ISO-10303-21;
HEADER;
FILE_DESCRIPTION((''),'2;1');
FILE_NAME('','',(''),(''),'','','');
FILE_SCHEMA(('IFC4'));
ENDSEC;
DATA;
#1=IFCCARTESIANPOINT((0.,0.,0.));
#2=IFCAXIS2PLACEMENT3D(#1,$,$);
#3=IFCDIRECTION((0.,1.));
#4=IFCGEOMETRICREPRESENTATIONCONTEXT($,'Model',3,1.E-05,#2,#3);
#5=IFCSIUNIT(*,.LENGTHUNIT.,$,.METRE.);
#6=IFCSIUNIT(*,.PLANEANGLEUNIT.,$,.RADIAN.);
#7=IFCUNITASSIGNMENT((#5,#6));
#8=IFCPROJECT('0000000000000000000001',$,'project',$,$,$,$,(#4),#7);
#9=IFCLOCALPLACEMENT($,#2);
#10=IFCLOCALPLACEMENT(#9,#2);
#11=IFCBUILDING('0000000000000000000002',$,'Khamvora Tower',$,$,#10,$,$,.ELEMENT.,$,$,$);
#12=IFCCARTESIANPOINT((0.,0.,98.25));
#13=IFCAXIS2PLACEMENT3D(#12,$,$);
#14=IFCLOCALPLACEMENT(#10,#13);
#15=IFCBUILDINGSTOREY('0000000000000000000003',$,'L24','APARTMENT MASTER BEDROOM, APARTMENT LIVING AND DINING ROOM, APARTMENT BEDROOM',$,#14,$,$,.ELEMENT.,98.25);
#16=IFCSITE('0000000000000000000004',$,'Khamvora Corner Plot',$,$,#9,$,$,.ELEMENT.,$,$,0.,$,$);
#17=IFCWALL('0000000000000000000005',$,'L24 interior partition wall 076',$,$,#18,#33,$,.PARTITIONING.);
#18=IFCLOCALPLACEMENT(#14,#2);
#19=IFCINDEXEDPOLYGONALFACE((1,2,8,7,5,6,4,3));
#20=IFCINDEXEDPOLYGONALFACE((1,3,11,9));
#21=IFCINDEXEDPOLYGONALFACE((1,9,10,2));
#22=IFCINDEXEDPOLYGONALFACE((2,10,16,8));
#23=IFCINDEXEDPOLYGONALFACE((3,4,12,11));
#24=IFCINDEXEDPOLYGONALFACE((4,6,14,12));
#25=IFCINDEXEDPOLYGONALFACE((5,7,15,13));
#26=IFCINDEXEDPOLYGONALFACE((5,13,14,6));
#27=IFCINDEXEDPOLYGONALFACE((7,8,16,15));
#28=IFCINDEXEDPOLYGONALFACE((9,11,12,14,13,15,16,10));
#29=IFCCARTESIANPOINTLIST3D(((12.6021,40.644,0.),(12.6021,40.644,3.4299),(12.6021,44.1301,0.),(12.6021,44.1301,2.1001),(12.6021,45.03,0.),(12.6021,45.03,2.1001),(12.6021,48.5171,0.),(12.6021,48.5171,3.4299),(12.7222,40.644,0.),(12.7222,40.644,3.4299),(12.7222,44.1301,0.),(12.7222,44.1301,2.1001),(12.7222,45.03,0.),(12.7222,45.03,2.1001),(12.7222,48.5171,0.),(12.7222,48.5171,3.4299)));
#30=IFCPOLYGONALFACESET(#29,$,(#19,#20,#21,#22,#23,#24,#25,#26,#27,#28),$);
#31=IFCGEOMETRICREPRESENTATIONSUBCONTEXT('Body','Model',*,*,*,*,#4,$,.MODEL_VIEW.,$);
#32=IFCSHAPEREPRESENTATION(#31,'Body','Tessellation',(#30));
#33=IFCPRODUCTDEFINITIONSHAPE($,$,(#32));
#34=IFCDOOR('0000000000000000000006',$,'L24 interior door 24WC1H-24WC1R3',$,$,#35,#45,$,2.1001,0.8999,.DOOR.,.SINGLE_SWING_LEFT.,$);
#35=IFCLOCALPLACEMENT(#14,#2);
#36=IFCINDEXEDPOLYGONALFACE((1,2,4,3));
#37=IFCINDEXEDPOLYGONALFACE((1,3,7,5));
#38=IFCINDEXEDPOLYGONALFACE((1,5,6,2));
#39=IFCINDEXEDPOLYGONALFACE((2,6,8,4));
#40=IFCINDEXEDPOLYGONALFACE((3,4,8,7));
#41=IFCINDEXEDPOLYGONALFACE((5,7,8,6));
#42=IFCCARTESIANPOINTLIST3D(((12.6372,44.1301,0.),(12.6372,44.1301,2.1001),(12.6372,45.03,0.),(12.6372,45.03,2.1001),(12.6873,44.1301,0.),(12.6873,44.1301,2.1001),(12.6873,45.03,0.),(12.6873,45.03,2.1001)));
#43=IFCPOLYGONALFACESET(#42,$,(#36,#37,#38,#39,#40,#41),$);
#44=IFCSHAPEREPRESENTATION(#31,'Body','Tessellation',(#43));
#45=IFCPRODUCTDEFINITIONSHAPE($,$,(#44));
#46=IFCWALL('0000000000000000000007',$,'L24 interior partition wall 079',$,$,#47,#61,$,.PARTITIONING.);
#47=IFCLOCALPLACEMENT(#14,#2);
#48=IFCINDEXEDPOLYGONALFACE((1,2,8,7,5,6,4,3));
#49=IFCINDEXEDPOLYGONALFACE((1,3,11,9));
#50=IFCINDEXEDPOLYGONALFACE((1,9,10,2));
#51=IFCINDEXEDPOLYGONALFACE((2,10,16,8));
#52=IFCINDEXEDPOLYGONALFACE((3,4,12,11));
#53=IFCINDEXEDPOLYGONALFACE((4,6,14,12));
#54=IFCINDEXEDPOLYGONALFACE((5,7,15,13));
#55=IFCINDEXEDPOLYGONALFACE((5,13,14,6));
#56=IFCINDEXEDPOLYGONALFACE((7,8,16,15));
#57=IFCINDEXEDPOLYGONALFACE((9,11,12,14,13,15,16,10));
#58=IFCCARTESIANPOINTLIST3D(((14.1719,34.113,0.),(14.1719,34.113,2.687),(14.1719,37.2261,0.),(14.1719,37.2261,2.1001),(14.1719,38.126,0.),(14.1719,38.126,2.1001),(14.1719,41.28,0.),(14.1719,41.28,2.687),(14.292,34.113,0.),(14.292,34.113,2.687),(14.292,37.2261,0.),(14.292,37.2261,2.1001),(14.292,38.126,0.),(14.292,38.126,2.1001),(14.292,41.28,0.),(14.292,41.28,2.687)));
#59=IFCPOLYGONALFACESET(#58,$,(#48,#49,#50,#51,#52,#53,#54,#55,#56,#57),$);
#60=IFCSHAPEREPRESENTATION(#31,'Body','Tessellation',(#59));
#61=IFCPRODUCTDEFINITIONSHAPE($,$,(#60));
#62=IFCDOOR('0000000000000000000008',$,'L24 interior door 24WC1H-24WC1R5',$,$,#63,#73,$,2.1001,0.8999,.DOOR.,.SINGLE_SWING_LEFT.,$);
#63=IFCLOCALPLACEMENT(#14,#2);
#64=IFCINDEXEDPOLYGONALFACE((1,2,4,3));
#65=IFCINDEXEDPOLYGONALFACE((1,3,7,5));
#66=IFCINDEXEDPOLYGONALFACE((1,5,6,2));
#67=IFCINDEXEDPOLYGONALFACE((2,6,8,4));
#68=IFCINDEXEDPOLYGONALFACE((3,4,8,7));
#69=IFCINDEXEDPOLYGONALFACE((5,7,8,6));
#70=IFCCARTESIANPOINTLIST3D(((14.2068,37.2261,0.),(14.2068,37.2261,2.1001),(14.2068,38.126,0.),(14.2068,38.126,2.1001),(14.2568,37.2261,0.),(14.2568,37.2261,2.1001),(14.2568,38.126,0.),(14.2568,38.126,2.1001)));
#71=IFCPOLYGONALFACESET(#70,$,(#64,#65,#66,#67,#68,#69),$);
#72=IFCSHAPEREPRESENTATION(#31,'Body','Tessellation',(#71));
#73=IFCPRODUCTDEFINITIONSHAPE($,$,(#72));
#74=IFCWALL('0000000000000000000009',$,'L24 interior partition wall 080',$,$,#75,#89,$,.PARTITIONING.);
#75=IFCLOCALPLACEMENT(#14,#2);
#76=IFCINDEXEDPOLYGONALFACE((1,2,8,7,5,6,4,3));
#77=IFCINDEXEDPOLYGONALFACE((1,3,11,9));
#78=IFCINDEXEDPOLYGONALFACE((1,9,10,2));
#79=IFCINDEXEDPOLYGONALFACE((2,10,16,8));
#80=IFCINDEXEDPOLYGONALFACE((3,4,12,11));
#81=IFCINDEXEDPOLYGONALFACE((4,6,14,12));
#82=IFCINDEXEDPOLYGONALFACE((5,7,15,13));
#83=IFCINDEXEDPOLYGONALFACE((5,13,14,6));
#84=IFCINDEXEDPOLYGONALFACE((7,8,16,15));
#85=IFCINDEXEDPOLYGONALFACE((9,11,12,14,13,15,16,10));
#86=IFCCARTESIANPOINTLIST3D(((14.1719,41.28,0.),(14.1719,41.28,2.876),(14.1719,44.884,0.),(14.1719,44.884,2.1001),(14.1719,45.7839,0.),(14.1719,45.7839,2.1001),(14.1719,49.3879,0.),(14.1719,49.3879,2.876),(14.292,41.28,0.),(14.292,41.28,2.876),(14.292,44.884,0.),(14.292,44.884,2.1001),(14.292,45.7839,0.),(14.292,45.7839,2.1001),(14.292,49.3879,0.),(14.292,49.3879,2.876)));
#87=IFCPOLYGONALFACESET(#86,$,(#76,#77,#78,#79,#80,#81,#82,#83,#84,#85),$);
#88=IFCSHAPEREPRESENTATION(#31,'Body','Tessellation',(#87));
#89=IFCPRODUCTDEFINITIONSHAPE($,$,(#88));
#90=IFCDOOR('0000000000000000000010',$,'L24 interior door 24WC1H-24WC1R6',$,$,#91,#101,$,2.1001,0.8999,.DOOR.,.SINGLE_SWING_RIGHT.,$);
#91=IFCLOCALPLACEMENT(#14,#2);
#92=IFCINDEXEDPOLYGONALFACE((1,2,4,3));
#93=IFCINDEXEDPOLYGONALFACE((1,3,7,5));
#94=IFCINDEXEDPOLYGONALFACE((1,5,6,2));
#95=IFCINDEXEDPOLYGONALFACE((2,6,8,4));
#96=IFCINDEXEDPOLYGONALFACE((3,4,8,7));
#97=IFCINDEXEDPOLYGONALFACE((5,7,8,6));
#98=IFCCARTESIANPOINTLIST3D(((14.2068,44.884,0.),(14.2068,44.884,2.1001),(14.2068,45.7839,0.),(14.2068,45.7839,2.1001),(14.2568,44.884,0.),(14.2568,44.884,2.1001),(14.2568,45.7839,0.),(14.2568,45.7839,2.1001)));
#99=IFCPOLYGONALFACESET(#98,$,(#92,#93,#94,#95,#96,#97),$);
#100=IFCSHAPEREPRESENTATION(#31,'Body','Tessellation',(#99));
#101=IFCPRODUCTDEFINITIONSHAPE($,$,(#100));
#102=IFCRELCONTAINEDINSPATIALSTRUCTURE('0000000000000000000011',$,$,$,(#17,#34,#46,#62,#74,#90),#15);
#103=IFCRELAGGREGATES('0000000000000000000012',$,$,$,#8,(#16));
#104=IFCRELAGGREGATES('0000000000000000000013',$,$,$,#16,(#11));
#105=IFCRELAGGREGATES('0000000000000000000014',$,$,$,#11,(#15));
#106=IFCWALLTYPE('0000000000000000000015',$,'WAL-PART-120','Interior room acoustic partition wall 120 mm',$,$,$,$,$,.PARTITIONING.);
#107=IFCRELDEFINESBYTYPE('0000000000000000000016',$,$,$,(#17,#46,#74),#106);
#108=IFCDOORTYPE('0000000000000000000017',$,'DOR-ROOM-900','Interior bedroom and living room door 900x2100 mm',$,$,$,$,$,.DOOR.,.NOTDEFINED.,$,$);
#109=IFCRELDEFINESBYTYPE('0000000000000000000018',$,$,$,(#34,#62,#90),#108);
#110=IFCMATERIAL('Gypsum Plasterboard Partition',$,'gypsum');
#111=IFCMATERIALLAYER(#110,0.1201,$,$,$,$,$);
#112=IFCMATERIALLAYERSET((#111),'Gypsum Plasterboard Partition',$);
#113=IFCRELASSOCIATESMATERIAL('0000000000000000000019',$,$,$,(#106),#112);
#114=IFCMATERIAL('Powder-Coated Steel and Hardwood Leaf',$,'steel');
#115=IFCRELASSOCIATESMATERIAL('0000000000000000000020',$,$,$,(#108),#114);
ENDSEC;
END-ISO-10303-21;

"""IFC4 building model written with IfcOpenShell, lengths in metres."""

from ifc_helpers import new_model, si_unit, direction, frame, frame_2d, origin, place, context, subcontext, project, spatial, rectangle, extrude, material, layer, layer_set, type_object, element, fill, save


model = new_model("IFC4")

# Units and contexts
model_context = context("Model", 3, precision=1e-05, world=origin(), true_north=direction((0.0, 1.0)))
body_context = subcontext(model_context, "Body", "Model", "MODEL_VIEW")
ifc_project = project(units=[si_unit("LENGTHUNIT", "METRE"), si_unit("PLANEANGLEUNIT", "RADIAN")], contexts=[model_context])

# Site, building, storey
site_placement = place(None, origin())
site = spatial("IfcSite", under=ifc_project, at=site_placement, Name="Khamvora Corner Plot", CompositionType="ELEMENT", RefElevation=0.0)
building_placement = place(site_placement, origin())
building = spatial("IfcBuilding", under=site, at=building_placement, Name="Khamvora Tower", CompositionType="ELEMENT")
storey_placement = place(building_placement, frame((0.0, 0.0, 98.25)))
storey = spatial("IfcBuildingStorey", under=building, at=storey_placement, Name="L24", Description="APARTMENT MASTER BEDROOM, APARTMENT LIVING AND DINING ROOM, APARTMENT BEDROOM", CompositionType="ELEMENT", Elevation=98.25)

# Walls, openings, doors
ifc_material_1 = material(Name="Gypsum Plasterboard Partition", Category="gypsum")
ifc_layer_1 = layer(ifc_material_1, 0.1201)
ifc_layer_set_1 = layer_set([ifc_layer_1], Name="Gypsum Plasterboard Partition")
wall_type_1 = type_object("IfcWallType", Name="WAL-PART-120", Description="Interior room acoustic partition wall 120 mm", PredefinedType="PARTITIONING", material=ifc_layer_set_1)
wall_1_placement = place(storey_placement, frame((12.6621, 40.644, 0.0), z_axis=(0.0, 0.0, 1.0), x_axis=(0.0, 1.0, 0.0)))
wall_1 = element("IfcWall", 1, at=wall_1_placement, inside=storey, type_object=wall_type_1, Name="L24 interior partition wall 076", PredefinedType="PARTITIONING", context=body_context, shape_type="SweptSolid", body=[
    extrude(rectangle(XDim=7.873, YDim=0.1201, at=frame_2d((3.9365, 0.0))), origin(), (0.0, 0.0, 1.0), 3.4299),
])
opening_1_placement = place(wall_1_placement, frame((3.4861, 0.0, 0.0)))
opening_1 = element("IfcOpeningElement", 2, at=opening_1_placement, cuts=wall_1, PredefinedType="OPENING", context=body_context, shape_type="SweptSolid", body=[
    extrude(rectangle(XDim=0.8999, YDim=2.1001, at=frame_2d((0.45, 1.05))), frame((0.0, 0.0701, 0.0), z_axis=(0.0, -1.0, 0.0), x_axis=(1.0, 0.0, 0.0)), (0.0, 0.0, 1.0), 0.1401),
])
ifc_material_2 = material(Name="Powder-Coated Steel and Hardwood Leaf", Category="steel")
door_type = type_object("IfcDoorType", Name="DOR-ROOM-900", Description="Interior bedroom and living room door 900x2100 mm", OperationType="NOTDEFINED", PredefinedType="DOOR", material=ifc_material_2)
door_1_placement = place(opening_1_placement, origin())
door_1 = element("IfcDoor", 3, at=door_1_placement, inside=storey, type_object=door_type, Name="L24 interior door 24WC1H-24WC1R3", OperationType="SINGLE_SWING_LEFT", OverallHeight=2.1001, OverallWidth=0.8999, PredefinedType="DOOR", context=body_context, shape_type="SweptSolid", body=[
    extrude(rectangle(XDim=0.8999, YDim=2.1001, at=frame_2d((0.45, 1.05))), frame((0.0, 0.0249, 0.0), z_axis=(0.0, -1.0, 0.0), x_axis=(1.0, 0.0, 0.0)), (0.0, 0.0, 1.0), 0.05),
])
fill(opening_1, door_1)
wall_2_placement = place(storey_placement, frame((14.2319, 41.28, 0.0), z_axis=(0.0, 0.0, 1.0), x_axis=(0.0, -1.0, 0.0)))
wall_2 = element("IfcWall", 4, at=wall_2_placement, inside=storey, type_object=wall_type_1, Name="L24 interior partition wall 079", PredefinedType="PARTITIONING", context=body_context, shape_type="SweptSolid", body=[
    extrude(rectangle(XDim=7.167, YDim=0.1201, at=frame_2d((3.5835, 0.0))), origin(), (0.0, 0.0, 1.0), 2.687),
])
opening_2_placement = place(wall_2_placement, frame((3.1541, 0.0, 0.0)))
opening_2 = element("IfcOpeningElement", 5, at=opening_2_placement, cuts=wall_2, PredefinedType="OPENING", context=body_context, shape_type="SweptSolid", body=[
    extrude(rectangle(XDim=0.8999, YDim=2.1001, at=frame_2d((0.45, 1.05))), frame((0.0, 0.0701, 0.0), z_axis=(0.0, -1.0, 0.0), x_axis=(1.0, 0.0, 0.0)), (0.0, 0.0, 1.0), 0.1401),
])
door_2_placement = place(opening_2_placement, origin())
door_2 = element("IfcDoor", 6, at=door_2_placement, inside=storey, type_object=door_type, Name="L24 interior door 24WC1H-24WC1R5", OperationType="SINGLE_SWING_LEFT", OverallHeight=2.1001, OverallWidth=0.8999, PredefinedType="DOOR", context=body_context, shape_type="SweptSolid", body=[
    extrude(rectangle(XDim=0.8999, YDim=2.1001, at=frame_2d((0.45, 1.05))), frame((0.0, 0.0249, 0.0), z_axis=(0.0, -1.0, 0.0), x_axis=(1.0, 0.0, 0.0)), (0.0, 0.0, 1.0), 0.05),
])
fill(opening_2, door_2)
wall_3_placement = place(storey_placement, frame((14.2319, 49.3879, 0.0), z_axis=(0.0, 0.0, 1.0), x_axis=(0.0, -1.0, 0.0)))
wall_3 = element("IfcWall", 7, at=wall_3_placement, inside=storey, type_object=wall_type_1, Name="L24 interior partition wall 080", PredefinedType="PARTITIONING", context=body_context, shape_type="SweptSolid", body=[
    extrude(rectangle(XDim=8.1079, YDim=0.1201, at=frame_2d((4.054, 0.0))), origin(), (0.0, 0.0, 1.0), 2.876),
])
opening_3_placement = place(wall_3_placement, frame((3.604, 0.0, 0.0)))
opening_3 = element("IfcOpeningElement", 8, at=opening_3_placement, cuts=wall_3, PredefinedType="OPENING", context=body_context, shape_type="SweptSolid", body=[
    extrude(rectangle(XDim=0.8999, YDim=2.1001, at=frame_2d((0.45, 1.05))), frame((0.0, 0.0701, 0.0), z_axis=(0.0, -1.0, 0.0), x_axis=(1.0, 0.0, 0.0)), (0.0, 0.0, 1.0), 0.1401),
])
door_3_placement = place(opening_3_placement, origin())
door_3 = element("IfcDoor", 9, at=door_3_placement, inside=storey, type_object=door_type, Name="L24 interior door 24WC1H-24WC1R6", OperationType="SINGLE_SWING_RIGHT", OverallHeight=2.1001, OverallWidth=0.8999, PredefinedType="DOOR", context=body_context, shape_type="SweptSolid", body=[
    extrude(rectangle(XDim=0.8999, YDim=2.1001, at=frame_2d((0.45, 1.05))), frame((0.0, 0.0249, 0.0), z_axis=(0.0, -1.0, 0.0), x_axis=(1.0, 0.0, 0.0)), (0.0, 0.0, 1.0), 0.05),
])
fill(opening_3, door_3)

save(model, "model.ifc")
